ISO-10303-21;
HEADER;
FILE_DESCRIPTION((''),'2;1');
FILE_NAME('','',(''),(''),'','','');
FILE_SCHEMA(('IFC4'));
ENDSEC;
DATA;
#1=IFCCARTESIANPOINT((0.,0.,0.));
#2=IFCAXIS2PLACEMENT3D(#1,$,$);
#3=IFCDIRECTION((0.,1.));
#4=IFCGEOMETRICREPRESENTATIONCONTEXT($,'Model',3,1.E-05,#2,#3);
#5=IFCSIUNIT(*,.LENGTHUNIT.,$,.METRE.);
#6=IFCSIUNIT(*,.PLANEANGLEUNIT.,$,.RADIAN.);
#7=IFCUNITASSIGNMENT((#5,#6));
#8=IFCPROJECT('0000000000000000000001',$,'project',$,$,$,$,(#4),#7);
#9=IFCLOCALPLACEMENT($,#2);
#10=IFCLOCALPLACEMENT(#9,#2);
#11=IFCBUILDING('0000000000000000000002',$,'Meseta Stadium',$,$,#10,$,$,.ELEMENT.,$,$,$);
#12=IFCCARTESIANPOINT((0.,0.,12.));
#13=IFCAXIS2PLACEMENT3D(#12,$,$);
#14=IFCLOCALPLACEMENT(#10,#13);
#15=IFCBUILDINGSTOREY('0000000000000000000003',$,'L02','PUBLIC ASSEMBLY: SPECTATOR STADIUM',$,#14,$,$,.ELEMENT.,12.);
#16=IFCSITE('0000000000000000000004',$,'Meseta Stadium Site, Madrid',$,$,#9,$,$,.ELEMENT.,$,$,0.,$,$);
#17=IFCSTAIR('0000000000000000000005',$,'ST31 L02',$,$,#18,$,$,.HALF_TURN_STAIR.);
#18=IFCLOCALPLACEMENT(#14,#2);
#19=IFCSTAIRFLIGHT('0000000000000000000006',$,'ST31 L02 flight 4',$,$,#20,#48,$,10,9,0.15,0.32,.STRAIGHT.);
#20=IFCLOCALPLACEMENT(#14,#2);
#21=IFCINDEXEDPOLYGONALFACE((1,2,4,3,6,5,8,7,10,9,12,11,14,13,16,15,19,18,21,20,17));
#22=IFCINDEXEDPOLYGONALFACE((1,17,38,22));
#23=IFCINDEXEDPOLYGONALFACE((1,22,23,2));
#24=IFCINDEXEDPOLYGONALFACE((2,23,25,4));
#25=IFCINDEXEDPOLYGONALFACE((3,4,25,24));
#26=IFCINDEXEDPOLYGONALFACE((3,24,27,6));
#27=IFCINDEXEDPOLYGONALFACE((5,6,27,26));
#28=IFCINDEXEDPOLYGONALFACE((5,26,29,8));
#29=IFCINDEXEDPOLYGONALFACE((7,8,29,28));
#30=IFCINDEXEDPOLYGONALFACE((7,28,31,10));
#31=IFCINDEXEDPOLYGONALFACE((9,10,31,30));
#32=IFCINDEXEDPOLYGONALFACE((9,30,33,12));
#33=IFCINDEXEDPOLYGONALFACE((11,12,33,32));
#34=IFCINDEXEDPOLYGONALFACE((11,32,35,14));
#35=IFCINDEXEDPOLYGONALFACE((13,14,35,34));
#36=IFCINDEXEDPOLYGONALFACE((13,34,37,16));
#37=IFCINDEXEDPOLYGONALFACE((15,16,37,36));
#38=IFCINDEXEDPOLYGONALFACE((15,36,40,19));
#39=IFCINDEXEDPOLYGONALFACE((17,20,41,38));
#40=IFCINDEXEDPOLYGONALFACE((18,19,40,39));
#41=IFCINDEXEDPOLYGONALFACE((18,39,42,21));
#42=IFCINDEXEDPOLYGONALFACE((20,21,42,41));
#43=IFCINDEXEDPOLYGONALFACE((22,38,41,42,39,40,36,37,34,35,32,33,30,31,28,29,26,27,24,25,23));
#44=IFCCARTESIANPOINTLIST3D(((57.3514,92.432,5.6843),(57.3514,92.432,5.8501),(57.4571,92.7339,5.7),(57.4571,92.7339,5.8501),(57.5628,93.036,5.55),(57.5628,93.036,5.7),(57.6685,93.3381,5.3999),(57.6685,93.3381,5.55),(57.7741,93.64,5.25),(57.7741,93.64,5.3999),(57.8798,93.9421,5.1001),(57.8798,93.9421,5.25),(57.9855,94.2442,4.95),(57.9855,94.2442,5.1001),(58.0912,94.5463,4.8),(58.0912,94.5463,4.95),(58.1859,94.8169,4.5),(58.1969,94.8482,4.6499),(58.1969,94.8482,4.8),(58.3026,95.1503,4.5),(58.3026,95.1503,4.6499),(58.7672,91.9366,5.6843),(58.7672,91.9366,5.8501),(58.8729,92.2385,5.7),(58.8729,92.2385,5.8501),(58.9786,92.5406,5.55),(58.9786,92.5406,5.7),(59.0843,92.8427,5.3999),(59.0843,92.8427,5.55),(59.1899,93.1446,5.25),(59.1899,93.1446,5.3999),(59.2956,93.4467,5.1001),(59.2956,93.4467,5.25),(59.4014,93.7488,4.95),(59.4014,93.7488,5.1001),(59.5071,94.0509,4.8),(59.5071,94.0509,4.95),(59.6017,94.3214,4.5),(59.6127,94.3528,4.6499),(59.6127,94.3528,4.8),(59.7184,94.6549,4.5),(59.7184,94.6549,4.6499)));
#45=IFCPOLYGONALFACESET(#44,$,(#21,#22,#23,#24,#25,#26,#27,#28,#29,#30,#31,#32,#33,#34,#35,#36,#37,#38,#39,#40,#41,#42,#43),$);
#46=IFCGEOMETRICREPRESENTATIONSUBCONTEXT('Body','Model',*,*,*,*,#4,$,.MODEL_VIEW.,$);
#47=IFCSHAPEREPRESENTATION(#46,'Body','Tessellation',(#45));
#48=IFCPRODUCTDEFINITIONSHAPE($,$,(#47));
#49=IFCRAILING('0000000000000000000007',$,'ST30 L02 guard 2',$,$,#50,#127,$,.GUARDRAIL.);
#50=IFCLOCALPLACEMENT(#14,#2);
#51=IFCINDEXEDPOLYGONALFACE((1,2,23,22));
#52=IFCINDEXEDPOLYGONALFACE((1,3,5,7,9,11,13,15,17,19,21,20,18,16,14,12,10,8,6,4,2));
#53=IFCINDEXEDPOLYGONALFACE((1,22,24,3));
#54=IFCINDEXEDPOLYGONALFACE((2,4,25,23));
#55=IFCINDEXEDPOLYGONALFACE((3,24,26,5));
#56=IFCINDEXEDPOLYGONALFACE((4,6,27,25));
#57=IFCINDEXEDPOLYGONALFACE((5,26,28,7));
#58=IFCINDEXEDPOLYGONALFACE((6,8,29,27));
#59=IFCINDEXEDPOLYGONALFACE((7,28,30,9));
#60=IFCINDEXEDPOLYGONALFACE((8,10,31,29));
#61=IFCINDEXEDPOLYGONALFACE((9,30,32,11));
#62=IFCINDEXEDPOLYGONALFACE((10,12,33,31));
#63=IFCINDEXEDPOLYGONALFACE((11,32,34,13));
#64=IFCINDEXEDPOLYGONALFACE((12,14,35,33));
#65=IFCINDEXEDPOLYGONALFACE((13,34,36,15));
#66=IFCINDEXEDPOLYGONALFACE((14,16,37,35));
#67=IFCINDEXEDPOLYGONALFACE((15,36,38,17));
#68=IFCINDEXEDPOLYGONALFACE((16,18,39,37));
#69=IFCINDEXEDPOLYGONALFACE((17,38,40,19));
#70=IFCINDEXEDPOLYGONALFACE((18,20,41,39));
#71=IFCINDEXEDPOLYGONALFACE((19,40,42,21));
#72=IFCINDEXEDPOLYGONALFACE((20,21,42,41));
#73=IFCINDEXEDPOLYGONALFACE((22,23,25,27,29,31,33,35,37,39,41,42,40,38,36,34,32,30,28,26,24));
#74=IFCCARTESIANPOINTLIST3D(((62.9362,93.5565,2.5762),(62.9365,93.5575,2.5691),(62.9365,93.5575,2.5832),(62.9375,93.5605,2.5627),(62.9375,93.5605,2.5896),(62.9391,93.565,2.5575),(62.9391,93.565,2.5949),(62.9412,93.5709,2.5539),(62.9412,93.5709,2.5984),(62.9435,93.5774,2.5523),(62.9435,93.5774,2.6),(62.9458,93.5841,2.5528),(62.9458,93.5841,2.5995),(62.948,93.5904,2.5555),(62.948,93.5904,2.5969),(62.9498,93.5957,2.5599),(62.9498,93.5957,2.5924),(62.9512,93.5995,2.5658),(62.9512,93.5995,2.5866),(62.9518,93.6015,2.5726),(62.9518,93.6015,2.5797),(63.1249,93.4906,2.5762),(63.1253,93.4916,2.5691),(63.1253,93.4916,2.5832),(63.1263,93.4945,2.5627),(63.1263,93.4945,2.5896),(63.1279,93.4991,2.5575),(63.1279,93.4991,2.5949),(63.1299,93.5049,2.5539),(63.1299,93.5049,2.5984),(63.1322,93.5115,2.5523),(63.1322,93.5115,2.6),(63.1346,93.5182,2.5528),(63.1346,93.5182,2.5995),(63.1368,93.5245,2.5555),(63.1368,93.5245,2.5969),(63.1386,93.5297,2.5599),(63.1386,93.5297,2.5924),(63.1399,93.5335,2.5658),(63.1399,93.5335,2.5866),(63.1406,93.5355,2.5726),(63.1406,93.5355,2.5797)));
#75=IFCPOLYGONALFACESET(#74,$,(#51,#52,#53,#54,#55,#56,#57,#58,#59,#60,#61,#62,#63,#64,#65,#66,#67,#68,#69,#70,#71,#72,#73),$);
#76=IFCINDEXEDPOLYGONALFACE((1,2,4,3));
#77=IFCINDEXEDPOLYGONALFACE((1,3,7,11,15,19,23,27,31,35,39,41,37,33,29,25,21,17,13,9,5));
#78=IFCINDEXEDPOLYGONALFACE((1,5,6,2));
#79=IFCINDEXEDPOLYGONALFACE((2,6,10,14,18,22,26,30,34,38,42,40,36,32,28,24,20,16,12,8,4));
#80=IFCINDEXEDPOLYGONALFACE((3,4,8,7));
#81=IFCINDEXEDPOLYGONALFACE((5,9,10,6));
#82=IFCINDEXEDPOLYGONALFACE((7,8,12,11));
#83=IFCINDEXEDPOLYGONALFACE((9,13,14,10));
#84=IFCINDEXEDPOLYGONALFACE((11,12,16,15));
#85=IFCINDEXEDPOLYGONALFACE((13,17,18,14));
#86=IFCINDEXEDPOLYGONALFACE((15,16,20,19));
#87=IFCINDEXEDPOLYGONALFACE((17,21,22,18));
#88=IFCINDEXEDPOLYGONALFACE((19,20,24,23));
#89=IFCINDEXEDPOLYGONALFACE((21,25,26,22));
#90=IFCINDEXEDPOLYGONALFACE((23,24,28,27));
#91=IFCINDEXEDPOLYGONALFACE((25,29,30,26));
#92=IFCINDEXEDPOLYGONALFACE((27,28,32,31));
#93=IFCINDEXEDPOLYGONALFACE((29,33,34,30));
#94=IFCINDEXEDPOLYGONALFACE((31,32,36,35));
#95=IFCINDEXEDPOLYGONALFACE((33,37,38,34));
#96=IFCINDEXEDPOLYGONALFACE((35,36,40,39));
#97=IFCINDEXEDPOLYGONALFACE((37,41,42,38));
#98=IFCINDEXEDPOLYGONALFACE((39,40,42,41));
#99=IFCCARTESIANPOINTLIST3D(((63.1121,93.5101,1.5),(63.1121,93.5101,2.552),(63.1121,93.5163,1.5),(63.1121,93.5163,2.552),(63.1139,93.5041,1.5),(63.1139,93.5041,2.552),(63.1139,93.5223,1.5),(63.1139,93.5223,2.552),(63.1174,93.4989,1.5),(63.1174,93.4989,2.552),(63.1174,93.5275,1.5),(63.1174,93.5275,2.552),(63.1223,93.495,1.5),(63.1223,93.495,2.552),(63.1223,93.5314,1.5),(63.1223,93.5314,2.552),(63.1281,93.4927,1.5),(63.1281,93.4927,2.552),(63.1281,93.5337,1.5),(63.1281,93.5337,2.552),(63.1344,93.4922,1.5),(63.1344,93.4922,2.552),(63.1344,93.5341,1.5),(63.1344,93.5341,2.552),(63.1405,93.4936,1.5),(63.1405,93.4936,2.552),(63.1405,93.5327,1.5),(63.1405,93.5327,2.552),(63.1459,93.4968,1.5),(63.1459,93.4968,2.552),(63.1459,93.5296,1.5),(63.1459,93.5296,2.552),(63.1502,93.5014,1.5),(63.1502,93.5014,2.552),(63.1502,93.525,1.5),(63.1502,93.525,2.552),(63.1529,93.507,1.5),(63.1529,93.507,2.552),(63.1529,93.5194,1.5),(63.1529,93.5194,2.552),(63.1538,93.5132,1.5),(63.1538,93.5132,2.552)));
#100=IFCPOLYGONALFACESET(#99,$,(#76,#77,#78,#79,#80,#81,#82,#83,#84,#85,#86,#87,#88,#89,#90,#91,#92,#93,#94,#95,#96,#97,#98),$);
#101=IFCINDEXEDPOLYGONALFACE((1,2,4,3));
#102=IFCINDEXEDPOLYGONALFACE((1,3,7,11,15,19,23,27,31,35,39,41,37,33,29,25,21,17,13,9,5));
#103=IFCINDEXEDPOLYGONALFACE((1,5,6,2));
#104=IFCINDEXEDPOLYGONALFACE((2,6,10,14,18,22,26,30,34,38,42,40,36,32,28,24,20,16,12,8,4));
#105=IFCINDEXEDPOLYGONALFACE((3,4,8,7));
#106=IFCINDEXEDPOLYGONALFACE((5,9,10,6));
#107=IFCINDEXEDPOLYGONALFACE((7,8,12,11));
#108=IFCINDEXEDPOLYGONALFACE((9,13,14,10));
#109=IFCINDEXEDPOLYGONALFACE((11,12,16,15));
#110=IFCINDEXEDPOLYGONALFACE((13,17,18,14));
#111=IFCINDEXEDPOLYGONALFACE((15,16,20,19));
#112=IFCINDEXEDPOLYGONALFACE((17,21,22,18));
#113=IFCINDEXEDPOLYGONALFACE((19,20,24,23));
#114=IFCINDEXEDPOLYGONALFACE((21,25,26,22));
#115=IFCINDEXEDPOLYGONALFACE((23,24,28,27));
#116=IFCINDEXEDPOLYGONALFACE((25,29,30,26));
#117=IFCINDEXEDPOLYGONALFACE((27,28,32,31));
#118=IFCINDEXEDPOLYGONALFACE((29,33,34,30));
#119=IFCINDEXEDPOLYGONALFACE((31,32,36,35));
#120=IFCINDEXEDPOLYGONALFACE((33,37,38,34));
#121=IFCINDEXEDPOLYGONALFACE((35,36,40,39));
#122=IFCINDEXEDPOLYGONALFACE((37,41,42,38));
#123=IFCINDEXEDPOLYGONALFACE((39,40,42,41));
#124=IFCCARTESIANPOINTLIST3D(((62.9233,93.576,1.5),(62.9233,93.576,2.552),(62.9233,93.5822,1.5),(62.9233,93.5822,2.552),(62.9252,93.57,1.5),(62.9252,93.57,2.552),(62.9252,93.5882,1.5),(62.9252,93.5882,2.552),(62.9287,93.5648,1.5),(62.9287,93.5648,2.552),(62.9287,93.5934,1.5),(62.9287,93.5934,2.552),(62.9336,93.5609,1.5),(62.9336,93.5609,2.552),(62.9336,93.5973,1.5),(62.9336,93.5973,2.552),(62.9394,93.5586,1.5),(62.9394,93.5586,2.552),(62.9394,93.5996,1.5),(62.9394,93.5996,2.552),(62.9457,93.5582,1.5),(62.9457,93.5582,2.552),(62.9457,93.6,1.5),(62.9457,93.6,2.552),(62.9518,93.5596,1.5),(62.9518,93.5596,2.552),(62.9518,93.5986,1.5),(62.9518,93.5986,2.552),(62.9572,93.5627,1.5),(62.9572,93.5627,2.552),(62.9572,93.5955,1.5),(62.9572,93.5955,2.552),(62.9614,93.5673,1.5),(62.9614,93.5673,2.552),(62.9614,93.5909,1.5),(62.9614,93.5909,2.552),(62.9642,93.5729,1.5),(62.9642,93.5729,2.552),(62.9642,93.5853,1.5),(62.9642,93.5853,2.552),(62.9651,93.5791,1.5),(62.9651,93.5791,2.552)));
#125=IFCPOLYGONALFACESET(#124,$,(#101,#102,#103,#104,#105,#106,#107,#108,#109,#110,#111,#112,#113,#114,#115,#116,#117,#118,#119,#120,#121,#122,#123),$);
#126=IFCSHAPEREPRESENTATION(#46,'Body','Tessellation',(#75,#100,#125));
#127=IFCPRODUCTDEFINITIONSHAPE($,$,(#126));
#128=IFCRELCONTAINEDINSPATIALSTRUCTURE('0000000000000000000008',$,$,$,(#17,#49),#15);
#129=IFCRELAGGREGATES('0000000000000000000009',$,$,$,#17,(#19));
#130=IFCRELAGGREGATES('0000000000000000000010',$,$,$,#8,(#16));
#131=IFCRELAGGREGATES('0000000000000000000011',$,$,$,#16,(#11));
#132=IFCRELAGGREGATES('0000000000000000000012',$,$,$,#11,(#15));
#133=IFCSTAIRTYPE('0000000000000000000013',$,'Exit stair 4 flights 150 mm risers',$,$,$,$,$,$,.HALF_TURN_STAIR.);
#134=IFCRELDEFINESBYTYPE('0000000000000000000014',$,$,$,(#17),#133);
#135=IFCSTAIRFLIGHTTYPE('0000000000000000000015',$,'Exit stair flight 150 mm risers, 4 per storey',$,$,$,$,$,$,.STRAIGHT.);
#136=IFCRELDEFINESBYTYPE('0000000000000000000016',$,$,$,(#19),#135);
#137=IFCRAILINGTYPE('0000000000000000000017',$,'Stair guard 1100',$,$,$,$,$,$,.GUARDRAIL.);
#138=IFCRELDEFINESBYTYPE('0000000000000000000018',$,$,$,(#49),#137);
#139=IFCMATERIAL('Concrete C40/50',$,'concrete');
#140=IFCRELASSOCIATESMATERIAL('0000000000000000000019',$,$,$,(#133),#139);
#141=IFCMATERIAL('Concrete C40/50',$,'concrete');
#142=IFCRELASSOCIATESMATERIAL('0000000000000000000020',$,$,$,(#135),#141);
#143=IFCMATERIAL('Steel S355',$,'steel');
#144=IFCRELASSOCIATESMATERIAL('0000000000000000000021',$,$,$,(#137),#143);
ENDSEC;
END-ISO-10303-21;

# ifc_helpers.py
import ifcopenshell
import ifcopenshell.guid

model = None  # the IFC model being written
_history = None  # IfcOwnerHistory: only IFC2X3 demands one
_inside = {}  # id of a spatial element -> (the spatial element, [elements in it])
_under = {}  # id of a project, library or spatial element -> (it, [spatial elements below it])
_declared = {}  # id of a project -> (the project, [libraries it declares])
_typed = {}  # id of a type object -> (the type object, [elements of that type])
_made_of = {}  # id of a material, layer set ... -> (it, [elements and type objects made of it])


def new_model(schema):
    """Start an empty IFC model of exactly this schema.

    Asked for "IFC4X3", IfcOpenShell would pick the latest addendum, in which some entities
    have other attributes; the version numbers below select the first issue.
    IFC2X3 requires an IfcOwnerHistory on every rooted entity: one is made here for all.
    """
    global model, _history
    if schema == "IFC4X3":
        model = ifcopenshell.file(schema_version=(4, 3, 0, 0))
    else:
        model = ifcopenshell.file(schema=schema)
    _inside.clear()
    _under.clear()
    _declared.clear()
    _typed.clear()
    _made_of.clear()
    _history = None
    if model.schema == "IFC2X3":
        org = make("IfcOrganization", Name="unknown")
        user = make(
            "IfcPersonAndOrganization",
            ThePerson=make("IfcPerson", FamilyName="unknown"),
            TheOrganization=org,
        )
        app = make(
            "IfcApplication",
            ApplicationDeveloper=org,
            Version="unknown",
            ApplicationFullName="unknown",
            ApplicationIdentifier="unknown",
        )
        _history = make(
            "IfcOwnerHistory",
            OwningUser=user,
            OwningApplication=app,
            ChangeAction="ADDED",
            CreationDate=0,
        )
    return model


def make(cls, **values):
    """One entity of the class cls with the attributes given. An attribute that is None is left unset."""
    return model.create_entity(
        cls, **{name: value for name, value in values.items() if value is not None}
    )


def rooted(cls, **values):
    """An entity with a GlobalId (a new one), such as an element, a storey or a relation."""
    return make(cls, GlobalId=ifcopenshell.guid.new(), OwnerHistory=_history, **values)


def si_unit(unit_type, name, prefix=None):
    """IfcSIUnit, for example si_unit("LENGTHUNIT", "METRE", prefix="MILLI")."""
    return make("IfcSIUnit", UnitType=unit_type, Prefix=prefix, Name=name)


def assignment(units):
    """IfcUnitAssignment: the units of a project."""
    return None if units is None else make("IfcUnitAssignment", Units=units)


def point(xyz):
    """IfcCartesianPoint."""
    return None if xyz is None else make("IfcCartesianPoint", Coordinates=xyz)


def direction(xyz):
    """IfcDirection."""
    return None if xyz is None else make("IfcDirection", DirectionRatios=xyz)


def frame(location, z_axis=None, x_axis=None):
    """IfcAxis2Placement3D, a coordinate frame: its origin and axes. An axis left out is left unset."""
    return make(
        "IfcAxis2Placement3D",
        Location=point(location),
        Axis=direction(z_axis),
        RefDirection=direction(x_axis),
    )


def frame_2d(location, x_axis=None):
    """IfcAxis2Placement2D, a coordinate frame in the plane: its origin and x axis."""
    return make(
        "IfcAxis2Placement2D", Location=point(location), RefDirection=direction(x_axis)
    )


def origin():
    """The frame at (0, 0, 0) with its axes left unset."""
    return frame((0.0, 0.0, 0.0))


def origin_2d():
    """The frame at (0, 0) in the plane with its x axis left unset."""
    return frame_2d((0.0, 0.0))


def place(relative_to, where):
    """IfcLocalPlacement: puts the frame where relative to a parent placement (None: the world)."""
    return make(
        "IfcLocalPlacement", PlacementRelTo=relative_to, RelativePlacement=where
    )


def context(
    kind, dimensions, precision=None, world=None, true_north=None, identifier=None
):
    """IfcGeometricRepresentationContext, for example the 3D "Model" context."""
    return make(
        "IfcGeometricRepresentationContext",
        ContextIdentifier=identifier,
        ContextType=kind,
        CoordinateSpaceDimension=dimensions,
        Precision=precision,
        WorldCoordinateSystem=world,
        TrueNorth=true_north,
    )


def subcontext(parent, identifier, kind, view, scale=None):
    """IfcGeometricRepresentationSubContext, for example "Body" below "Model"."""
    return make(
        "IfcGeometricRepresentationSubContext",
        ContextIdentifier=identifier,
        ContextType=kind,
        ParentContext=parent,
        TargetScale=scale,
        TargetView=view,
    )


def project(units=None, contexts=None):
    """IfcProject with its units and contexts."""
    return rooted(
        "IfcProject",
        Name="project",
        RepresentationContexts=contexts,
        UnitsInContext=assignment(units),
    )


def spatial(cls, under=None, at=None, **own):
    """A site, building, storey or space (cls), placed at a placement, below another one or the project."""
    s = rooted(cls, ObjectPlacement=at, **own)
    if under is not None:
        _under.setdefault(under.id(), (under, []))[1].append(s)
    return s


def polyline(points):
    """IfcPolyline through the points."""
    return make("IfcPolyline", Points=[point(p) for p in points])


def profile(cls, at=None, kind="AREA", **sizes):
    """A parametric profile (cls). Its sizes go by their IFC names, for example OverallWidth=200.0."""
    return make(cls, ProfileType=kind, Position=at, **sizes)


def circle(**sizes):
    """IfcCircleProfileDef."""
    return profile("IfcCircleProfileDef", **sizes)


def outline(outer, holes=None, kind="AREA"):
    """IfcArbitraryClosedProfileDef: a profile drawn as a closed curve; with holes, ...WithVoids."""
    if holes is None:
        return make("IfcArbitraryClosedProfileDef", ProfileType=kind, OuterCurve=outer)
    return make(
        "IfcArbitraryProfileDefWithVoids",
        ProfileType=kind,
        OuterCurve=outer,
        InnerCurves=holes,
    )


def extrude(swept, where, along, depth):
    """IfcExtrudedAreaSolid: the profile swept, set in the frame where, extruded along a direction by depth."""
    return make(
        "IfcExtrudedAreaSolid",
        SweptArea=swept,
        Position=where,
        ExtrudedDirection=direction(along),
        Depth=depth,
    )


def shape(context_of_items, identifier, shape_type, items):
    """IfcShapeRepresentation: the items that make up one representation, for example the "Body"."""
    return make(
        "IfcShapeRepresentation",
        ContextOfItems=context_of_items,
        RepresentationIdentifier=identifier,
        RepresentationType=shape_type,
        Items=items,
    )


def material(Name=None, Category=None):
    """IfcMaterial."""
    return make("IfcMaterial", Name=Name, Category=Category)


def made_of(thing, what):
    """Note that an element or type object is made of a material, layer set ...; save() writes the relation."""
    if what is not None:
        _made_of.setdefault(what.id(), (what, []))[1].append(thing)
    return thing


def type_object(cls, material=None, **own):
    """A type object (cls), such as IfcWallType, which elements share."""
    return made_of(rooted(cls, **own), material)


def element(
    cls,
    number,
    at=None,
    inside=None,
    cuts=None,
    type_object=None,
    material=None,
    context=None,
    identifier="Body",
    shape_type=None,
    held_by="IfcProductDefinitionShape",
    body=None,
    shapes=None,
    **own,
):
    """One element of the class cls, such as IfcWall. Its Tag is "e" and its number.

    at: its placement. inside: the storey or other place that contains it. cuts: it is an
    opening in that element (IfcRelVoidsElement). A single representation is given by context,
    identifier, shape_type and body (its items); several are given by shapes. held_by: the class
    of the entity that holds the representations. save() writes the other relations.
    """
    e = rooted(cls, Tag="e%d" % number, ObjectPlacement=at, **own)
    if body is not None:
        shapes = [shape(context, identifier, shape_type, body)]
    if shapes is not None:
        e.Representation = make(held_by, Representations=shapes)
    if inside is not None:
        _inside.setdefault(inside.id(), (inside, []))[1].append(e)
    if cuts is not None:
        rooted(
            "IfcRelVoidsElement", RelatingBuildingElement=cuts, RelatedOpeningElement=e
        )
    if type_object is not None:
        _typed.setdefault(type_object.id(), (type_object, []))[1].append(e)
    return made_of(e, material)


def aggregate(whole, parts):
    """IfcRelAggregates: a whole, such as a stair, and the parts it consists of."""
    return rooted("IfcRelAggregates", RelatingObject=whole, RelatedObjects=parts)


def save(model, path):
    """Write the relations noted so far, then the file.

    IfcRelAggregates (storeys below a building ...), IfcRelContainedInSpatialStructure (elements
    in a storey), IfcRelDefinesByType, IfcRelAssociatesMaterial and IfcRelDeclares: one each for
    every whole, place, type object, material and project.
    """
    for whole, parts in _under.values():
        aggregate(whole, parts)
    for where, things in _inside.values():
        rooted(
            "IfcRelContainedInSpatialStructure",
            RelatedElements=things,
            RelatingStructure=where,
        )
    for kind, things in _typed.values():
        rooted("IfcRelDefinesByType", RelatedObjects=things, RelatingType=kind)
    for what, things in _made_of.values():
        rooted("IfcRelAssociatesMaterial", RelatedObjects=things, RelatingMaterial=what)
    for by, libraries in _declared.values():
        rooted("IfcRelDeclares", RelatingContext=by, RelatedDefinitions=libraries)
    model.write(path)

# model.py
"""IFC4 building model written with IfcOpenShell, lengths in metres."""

from ifc_helpers import new_model, si_unit, direction, frame, origin, origin_2d, place, context, subcontext, project, spatial, polyline, circle, outline, extrude, material, type_object, element, aggregate, save


model = new_model("IFC4")

# Units and contexts
model_context = context("Model", 3, precision=1e-05, world=origin(), true_north=direction((0.0, 1.0)))
body_context = subcontext(model_context, "Body", "Model", "MODEL_VIEW")
ifc_project = project(units=[si_unit("LENGTHUNIT", "METRE"), si_unit("PLANEANGLEUNIT", "RADIAN")], contexts=[model_context])

# Site, building, storey
site_placement = place(None, origin())
site = spatial("IfcSite", under=ifc_project, at=site_placement, Name="Meseta Stadium Site, Madrid", CompositionType="ELEMENT", RefElevation=0.0)
building_placement = place(site_placement, origin())
building = spatial("IfcBuilding", under=site, at=building_placement, Name="Meseta Stadium", CompositionType="ELEMENT")
storey_placement = place(building_placement, frame((0.0, 0.0, 12.0)))
storey = spatial("IfcBuildingStorey", under=building, at=storey_placement, Name="L02", Description="PUBLIC ASSEMBLY: SPECTATOR STADIUM", CompositionType="ELEMENT", Elevation=12.0)

# Stair, stair flight
ifc_material_1 = material(Name="Concrete C40/50", Category="concrete")
stair_type = type_object("IfcStairType", Name="Exit stair 4 flights 150 mm risers", PredefinedType="HALF_TURN_STAIR", material=ifc_material_1)
ifc_material_2 = material(Name="Concrete C40/50", Category="concrete")
stair_flight_type = type_object("IfcStairFlightType", Name="Exit stair flight 150 mm risers, 4 per storey", PredefinedType="STRAIGHT", material=ifc_material_2)
stair_1_placement = place(storey_placement, origin())
stair_1 = element("IfcStair", 1, at=stair_1_placement, inside=storey, type_object=stair_type, Name="ST31 L02", PredefinedType="HALF_TURN_STAIR")
stair_flight_1_placement = place(storey_placement, frame((59.0105, 94.9026, 4.5), z_axis=(0.0, 0.0, 1.0), x_axis=(-0.330279, -0.943883, 0.0)))
stair_flight_1 = element("IfcStairFlight", 2, at=stair_flight_1_placement, type_object=stair_flight_type, Name="ST31 L02 flight 4", NumberOfRisers=10, NumberOfTreads=9, PredefinedType="STRAIGHT", RiserHeight=0.15, TreadLength=0.32, context=body_context, shape_type="SweptSolid", body=[
    extrude(outline(polyline([(0.0, 0.0), (0.0, 0.1499), (0.3201, 0.1499), (0.3201, 0.3), (0.6399, 0.3), (0.6399, 0.45), (0.96, 0.45), (0.96, 0.6001), (1.28, 0.6001), (1.28, 0.75), (1.6001, 0.75), (1.6001, 0.8999), (1.9199, 0.8999), (1.9199, 1.05), (2.24, 1.05), (2.24, 1.2), (2.5601, 1.2), (2.5601, 1.3501), (2.8799, 1.3501), (2.8799, 1.1843), (0.3533, 0.0), (0.0, 0.0)])), frame((0.0, 0.75, 0.0), z_axis=(0.0, -1.0, 0.0), x_axis=(1.0, 0.0, 0.0)), (0.0, 0.0, 1.0), 1.5),
])
aggregate(stair_1, [stair_flight_1])

# Railing
ifc_material_3 = material(Name="Steel S355", Category="steel")
railing_type_1 = type_object("IfcRailingType", Name="Stair guard 1100", PredefinedType="GUARDRAIL", material=ifc_material_3)
railing_1_placement = place(storey_placement, frame((63.1328, 93.5132, 1.5)))
element("IfcRailing", 3, at=railing_1_placement, inside=storey, type_object=railing_type_1, Name="ST30 L02 guard 2", PredefinedType="GUARDRAIL", context=body_context, shape_type="SweptSolid", body=[
    extrude(circle(Radius=0.0239, at=origin_2d()), frame((0.0, 0.0, 1.0762), z_axis=(-0.944068, 0.329752, 0.0), x_axis=(-0.329752, -0.944068, 0.0)), (0.0, 0.0, 1.0), 0.2),
    extrude(circle(Radius=0.021, at=origin_2d()), origin(), (0.0, 0.0, 1.0), 1.052),
    extrude(circle(Radius=0.021, at=origin_2d()), frame((-0.1887, 0.0659, 0.0)), (0.0, 0.0, 1.0), 1.052),
])

save(model, "model.ifc")
